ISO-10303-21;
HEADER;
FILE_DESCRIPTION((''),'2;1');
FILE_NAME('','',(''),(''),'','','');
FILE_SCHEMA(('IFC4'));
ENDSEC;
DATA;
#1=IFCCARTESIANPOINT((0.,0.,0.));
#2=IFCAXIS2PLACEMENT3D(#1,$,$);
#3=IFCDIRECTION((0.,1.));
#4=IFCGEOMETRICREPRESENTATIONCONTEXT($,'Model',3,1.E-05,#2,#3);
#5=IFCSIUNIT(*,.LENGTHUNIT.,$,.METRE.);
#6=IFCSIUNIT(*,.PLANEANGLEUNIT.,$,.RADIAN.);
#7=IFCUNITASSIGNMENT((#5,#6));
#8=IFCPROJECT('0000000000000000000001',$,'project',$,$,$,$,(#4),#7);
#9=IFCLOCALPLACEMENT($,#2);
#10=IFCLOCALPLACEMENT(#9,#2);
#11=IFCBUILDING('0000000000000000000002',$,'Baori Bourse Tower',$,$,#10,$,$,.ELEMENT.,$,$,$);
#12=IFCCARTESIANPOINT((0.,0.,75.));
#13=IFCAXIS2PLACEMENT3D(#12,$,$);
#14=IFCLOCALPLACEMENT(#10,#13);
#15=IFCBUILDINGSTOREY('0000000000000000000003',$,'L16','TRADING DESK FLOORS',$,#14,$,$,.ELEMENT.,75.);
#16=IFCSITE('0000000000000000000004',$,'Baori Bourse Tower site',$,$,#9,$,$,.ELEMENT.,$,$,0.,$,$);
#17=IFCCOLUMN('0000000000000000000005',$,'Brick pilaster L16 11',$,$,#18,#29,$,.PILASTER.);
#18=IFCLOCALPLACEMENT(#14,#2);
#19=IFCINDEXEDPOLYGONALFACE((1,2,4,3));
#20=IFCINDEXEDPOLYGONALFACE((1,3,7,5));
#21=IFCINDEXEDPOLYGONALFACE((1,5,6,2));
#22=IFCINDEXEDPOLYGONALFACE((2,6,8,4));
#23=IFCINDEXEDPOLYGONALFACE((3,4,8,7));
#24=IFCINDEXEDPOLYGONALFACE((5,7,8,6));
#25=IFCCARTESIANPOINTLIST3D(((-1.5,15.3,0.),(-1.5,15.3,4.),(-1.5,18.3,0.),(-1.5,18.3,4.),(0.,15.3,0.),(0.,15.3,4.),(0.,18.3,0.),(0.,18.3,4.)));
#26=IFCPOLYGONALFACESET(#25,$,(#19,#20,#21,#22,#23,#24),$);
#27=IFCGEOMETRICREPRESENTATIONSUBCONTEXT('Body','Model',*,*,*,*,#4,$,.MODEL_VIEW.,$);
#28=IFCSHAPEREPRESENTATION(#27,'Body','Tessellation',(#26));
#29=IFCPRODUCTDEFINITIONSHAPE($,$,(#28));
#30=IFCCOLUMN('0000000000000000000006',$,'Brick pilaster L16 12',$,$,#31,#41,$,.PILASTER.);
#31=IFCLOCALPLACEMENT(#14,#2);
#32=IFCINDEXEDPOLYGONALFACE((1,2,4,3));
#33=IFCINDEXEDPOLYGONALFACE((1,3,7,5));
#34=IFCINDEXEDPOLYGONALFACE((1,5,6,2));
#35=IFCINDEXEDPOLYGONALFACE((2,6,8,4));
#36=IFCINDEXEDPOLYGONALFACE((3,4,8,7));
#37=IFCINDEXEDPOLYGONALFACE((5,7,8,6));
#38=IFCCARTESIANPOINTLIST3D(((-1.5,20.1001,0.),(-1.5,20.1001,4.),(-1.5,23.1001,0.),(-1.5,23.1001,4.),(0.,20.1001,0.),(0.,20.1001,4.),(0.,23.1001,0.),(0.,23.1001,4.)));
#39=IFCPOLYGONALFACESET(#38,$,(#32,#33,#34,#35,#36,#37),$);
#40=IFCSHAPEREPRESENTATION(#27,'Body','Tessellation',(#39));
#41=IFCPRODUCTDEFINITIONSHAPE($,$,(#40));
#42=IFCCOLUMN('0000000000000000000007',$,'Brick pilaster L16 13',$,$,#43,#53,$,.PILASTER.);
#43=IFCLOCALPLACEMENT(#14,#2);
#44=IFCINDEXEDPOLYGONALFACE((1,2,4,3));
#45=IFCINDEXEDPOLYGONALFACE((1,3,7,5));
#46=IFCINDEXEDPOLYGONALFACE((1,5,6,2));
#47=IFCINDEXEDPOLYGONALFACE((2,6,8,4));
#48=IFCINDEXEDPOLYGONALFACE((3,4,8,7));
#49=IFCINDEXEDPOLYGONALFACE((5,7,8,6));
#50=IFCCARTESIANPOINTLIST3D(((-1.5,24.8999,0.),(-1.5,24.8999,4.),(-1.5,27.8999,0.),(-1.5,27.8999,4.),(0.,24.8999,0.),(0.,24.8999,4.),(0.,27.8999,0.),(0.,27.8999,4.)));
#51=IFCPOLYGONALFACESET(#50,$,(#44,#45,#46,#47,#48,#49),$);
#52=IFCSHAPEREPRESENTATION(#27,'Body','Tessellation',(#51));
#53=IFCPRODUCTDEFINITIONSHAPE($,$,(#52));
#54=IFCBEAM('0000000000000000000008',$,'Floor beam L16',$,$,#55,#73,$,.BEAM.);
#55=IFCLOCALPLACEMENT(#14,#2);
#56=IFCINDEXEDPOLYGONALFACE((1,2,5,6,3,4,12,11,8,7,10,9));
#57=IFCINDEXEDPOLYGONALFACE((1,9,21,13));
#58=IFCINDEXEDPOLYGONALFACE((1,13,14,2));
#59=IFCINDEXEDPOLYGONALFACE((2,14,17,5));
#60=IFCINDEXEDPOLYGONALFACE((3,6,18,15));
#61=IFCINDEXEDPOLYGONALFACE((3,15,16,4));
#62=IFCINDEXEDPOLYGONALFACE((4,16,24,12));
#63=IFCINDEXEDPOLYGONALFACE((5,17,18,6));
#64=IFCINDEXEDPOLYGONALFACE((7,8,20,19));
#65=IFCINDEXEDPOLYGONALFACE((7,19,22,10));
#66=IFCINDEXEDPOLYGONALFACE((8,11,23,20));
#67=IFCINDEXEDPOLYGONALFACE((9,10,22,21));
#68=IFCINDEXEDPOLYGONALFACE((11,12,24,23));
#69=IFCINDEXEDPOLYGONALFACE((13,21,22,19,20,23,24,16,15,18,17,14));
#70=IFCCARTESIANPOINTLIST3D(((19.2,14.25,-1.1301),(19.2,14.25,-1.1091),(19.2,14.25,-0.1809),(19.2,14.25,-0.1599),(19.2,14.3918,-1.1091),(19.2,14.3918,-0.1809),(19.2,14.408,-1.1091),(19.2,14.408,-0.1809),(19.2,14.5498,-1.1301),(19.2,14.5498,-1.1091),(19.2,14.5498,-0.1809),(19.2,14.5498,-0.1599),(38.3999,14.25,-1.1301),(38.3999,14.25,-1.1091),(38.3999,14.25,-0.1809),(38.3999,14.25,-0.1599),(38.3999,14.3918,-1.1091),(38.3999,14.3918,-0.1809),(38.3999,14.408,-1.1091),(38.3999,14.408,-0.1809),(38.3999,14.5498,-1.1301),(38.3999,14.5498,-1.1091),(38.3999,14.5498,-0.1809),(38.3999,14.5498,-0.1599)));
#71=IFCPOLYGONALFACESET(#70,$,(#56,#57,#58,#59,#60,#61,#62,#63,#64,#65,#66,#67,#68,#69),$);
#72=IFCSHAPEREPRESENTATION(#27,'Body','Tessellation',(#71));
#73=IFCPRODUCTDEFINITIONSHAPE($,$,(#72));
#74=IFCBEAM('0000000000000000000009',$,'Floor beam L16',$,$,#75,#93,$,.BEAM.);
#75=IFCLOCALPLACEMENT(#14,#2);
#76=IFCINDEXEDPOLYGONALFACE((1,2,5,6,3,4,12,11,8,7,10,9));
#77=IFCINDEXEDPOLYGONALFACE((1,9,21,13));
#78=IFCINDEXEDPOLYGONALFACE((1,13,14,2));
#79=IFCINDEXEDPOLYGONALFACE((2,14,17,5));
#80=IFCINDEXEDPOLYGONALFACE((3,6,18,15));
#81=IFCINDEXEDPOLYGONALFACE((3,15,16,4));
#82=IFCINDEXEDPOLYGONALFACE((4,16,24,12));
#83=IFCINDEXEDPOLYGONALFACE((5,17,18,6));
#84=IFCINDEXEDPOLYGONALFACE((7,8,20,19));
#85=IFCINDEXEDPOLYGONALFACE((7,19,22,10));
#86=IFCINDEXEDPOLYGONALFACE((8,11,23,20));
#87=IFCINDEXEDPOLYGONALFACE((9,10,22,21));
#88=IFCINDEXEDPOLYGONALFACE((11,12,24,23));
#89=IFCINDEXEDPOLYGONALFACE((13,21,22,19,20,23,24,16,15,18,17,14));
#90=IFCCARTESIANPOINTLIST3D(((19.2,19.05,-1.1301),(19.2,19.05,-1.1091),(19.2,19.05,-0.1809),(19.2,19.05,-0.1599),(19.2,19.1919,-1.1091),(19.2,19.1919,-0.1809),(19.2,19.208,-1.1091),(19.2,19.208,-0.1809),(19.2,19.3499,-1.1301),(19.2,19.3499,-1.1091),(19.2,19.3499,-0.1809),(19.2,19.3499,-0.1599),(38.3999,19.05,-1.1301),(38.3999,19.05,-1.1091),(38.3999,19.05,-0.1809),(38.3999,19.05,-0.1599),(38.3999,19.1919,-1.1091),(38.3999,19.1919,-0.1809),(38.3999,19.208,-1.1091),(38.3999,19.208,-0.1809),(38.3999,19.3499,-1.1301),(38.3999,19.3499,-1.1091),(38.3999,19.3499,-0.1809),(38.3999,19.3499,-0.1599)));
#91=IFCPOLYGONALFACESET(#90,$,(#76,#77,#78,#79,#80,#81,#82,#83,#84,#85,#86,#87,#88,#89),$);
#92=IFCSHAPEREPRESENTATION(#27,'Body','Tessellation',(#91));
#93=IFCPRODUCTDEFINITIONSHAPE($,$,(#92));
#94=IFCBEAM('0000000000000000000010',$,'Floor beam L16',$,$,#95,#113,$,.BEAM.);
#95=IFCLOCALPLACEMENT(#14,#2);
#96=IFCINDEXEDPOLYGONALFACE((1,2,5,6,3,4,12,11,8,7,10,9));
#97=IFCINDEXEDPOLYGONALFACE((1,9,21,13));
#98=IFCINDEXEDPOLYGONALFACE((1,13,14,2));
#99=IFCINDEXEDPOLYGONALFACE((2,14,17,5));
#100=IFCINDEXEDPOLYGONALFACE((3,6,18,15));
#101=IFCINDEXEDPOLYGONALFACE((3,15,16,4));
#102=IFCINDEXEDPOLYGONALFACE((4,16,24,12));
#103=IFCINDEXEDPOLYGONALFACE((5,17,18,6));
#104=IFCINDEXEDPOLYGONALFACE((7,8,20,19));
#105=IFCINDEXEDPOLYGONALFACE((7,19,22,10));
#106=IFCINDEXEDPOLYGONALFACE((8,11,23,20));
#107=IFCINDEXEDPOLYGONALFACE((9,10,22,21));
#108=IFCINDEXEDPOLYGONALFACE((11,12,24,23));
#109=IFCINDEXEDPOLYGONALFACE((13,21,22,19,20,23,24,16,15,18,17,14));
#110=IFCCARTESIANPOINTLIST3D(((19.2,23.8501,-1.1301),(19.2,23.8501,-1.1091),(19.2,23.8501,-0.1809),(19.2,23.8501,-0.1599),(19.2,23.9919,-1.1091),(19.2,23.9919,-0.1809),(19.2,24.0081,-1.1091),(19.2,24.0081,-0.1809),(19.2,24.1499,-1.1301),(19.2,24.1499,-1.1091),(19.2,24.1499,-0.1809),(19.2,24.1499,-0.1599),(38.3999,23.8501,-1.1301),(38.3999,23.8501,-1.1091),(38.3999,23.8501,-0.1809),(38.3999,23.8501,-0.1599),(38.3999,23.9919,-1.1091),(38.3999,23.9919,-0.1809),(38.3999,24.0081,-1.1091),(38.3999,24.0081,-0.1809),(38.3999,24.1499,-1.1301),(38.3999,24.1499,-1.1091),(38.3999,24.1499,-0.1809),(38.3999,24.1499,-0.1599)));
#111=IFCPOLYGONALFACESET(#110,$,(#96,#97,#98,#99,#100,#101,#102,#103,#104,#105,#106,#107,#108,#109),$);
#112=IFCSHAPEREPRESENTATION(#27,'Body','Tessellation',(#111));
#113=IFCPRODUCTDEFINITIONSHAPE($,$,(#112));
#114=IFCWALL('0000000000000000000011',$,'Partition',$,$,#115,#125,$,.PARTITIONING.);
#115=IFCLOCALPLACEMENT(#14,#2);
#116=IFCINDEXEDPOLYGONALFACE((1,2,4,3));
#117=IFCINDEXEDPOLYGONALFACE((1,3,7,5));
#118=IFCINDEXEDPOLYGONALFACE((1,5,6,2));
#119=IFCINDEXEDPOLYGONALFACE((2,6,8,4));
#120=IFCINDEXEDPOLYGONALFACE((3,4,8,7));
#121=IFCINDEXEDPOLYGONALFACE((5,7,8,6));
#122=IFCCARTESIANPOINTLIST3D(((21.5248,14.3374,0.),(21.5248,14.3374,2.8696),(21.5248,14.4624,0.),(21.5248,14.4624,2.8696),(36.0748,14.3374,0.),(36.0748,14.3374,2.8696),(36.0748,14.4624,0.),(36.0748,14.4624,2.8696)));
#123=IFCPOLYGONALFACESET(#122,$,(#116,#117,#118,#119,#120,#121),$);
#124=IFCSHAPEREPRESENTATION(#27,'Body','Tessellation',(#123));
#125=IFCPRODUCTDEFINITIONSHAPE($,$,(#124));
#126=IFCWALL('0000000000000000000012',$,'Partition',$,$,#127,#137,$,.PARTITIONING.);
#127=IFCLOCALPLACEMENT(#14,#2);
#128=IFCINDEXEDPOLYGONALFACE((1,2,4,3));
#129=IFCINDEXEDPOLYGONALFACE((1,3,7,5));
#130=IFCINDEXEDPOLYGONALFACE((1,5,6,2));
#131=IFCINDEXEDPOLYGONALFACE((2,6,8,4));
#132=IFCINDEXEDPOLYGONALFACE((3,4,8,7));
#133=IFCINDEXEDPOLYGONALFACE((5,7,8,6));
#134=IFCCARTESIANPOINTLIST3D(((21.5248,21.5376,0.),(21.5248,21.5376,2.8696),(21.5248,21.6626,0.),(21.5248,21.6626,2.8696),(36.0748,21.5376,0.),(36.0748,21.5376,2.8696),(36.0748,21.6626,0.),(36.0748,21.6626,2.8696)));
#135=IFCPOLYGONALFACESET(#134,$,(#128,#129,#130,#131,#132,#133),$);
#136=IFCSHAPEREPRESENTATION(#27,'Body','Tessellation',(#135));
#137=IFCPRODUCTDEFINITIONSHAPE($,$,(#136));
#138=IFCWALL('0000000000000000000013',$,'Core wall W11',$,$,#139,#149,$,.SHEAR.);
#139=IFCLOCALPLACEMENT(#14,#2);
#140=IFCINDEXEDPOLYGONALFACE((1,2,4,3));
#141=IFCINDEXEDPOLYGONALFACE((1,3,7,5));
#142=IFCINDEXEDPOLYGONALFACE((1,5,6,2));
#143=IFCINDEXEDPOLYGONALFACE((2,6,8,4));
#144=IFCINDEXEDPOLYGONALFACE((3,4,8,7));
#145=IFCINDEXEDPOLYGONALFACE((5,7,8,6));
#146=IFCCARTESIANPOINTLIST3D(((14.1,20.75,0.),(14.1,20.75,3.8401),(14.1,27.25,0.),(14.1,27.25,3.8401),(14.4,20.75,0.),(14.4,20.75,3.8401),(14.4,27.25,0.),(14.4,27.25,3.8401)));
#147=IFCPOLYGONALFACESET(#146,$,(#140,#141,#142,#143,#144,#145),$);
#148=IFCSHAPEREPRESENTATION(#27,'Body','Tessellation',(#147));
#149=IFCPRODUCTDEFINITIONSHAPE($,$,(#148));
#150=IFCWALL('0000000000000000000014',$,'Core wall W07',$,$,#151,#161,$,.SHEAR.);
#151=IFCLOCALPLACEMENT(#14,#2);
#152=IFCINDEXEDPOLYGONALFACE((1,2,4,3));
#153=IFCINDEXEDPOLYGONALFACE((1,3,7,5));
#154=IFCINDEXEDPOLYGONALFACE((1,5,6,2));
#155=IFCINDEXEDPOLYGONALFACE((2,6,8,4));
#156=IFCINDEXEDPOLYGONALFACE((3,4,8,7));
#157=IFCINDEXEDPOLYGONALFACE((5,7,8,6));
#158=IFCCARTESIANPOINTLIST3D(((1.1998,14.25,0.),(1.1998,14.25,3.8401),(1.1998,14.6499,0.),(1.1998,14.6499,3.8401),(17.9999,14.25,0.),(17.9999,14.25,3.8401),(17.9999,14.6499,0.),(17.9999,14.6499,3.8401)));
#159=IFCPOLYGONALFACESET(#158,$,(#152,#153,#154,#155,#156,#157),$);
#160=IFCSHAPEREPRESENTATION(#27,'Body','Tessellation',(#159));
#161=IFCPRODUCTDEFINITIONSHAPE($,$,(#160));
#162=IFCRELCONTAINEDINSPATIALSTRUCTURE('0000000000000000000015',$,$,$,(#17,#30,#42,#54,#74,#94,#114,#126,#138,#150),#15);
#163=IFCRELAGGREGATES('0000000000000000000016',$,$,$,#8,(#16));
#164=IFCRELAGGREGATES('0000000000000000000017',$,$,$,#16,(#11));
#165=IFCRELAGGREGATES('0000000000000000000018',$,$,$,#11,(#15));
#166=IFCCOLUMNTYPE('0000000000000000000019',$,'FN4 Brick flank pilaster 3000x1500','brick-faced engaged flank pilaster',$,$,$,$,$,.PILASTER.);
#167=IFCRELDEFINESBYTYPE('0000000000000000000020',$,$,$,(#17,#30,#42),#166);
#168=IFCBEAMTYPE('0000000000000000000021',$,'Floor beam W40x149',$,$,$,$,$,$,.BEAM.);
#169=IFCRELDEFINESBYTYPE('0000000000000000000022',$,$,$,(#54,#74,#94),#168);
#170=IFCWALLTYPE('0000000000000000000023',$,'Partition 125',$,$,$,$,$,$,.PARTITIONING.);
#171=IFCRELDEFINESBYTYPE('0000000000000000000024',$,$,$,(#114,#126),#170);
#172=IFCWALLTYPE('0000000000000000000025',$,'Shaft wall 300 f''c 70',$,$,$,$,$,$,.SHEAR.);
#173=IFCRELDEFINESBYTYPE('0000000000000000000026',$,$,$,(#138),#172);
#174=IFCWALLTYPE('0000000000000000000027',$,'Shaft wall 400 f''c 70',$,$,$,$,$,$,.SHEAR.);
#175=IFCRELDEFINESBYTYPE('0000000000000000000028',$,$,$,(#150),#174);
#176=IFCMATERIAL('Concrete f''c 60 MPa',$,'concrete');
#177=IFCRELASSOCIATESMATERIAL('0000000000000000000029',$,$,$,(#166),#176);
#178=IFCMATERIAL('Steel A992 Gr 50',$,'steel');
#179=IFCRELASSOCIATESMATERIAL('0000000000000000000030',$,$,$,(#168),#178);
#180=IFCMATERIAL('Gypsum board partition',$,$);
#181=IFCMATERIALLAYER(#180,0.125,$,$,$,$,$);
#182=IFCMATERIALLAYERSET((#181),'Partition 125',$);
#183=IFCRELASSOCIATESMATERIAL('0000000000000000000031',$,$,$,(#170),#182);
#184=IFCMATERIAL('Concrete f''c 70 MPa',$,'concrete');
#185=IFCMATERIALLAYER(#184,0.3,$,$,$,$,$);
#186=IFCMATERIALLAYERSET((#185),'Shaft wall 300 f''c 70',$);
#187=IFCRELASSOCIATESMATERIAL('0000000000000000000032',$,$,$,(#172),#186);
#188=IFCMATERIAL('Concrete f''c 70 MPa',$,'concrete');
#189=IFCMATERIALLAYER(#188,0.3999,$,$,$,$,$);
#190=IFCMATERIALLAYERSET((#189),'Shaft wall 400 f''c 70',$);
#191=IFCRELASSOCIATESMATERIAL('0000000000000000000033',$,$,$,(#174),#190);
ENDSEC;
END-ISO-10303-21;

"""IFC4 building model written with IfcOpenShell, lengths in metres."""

from ifc_helpers import new_model, si_unit, direction, frame, frame_2d, origin, origin_2d, place, context, subcontext, project, spatial, rectangle, i_section, extrude, material, layer, layer_set, material_profile, profile_set, type_object, element, save


model = new_model("IFC4")

# Units and contexts
model_context = context("Model", 3, precision=1e-05, world=origin(), true_north=direction((0.0, 1.0)))
body_context = subcontext(model_context, "Body", "Model", "MODEL_VIEW")
ifc_project = project(units=[si_unit("LENGTHUNIT", "METRE"), si_unit("PLANEANGLEUNIT", "RADIAN")], contexts=[model_context])

# Site, building, storey
site_placement = place(None, origin())
site = spatial("IfcSite", under=ifc_project, at=site_placement, Name="Baori Bourse Tower site", CompositionType="ELEMENT", RefElevation=0.0)
building_placement = place(site_placement, origin())
building = spatial("IfcBuilding", under=site, at=building_placement, Name="Baori Bourse Tower", CompositionType="ELEMENT")
storey_placement = place(building_placement, frame((0.0, 0.0, 75.0)))
storey = spatial("IfcBuildingStorey", under=building, at=storey_placement, Name="L16", Description="TRADING DESK FLOORS", CompositionType="ELEMENT", Elevation=75.0)

# Columns
ifc_material_1 = material(Name="Concrete f'c 60 MPa", Category="concrete")
ifc_material_profile_1 = material_profile(ifc_material_1, rectangle(XDim=3.0, YDim=1.5, at=origin_2d()), Name="RC 3000x1500")
ifc_profile_set_1 = profile_set([ifc_material_profile_1], Name="Concrete f'c 60 MPa")
column_type = type_object("IfcColumnType", Name="FN4 Brick flank pilaster 3000x1500", Description="brick-faced engaged flank pilaster", PredefinedType="PILASTER", material=ifc_profile_set_1)
for number, where, z_axis, x_axis, name in (
    (1, (-0.75, 16.8, 0.0), (0.0, 0.0, 1.0), (0.0, 1.0, 0.0), "Brick pilaster L16 11"),
    (2, (-0.75, 21.6001, 0.0), (0.0, 0.0, 1.0), (0.0, 1.0, 0.0), "Brick pilaster L16 12"),
    (3, (-0.75, 26.3999, 0.0), (0.0, 0.0, 1.0), (0.0, 1.0, 0.0), "Brick pilaster L16 13"),
):
    element("IfcColumn", number, at=place(storey_placement, frame(where, z_axis=z_axis, x_axis=x_axis)), inside=storey, type_object=column_type, Name=name, PredefinedType="PILASTER", context=body_context, shape_type="SweptSolid", body=[
        extrude(rectangle(XDim=3.0, YDim=1.5, at=origin_2d()), origin(), (0.0, 0.0, 1.0), 4.0),
    ])

# Beams
ifc_material_2 = material(Name="Steel A992 Gr 50", Category="steel")
ifc_material_profile_2 = material_profile(ifc_material_2, i_section(OverallWidth=0.2998, OverallDepth=0.9702, WebThickness=0.0161, FlangeThickness=0.021, at=origin_2d()), Name="W40x149")
ifc_profile_set_2 = profile_set([ifc_material_profile_2], Name="Steel A992 Gr 50")
beam_type = type_object("IfcBeamType", Name="Floor beam W40x149", PredefinedType="BEAM", material=ifc_profile_set_2)
for number, where, z_axis, x_axis, name in (
    (4, (19.2, 14.3999, -0.645), (1.0, 0.0, 0.0), (0.0, 1.0, 0.0), "Floor beam L16"),
    (5, (19.2, 19.2, -0.645), (1.0, 0.0, 0.0), (0.0, 1.0, 0.0), "Floor beam L16"),
    (6, (19.2, 24.0, -0.645), (1.0, 0.0, 0.0), (0.0, 1.0, 0.0), "Floor beam L16"),
):
    element("IfcBeam", number, at=place(storey_placement, frame(where, z_axis=z_axis, x_axis=x_axis)), inside=storey, type_object=beam_type, Name=name, PredefinedType="BEAM", context=body_context, shape_type="SweptSolid", body=[
        extrude(i_section(OverallWidth=0.2998, OverallDepth=0.9702, WebThickness=0.0161, FlangeThickness=0.021, at=origin_2d()), origin(), (0.0, 0.0, 1.0), 19.2),
    ])

# Walls
ifc_material_3 = material(Name="Gypsum board partition")
ifc_layer_1 = layer(ifc_material_3, 0.125)
ifc_layer_set_1 = layer_set([ifc_layer_1], Name="Partition 125")
wall_type_1 = type_object("IfcWallType", Name="Partition 125", PredefinedType="PARTITIONING", material=ifc_layer_set_1)
for number, where, z_axis, x_axis, name in (
    (7, (21.5249, 14.3999, 0.0), (0.0, 0.0, 1.0), (1.0, 0.0, 0.0), "Partition"),
    (8, (21.5249, 21.6001, 0.0), (0.0, 0.0, 1.0), (1.0, 0.0, 0.0), "Partition"),
):
    element("IfcWall", number, at=place(storey_placement, frame(where, z_axis=z_axis, x_axis=x_axis)), inside=storey, type_object=wall_type_1, Name=name, PredefinedType="PARTITIONING", context=body_context, shape_type="SweptSolid", body=[
        extrude(rectangle(XDim=14.55, YDim=0.125, at=frame_2d((7.2749, 0.0))), origin(), (0.0, 0.0, 1.0), 2.8696),
    ])
ifc_material_4 = material(Name="Concrete f'c 70 MPa", Category="concrete")
ifc_layer_2 = layer(ifc_material_4, 0.3)
ifc_layer_set_2 = layer_set([ifc_layer_2], Name="Shaft wall 300 f'c 70")
wall_type_2 = type_object("IfcWallType", Name="Shaft wall 300 f'c 70", PredefinedType="SHEAR", material=ifc_layer_set_2)
wall_1_placement = place(storey_placement, frame((14.25, 20.75, 0.0), z_axis=(0.0, 0.0, 1.0), x_axis=(0.0, 1.0, 0.0)))
element("IfcWall", 9, at=wall_1_placement, inside=storey, type_object=wall_type_2, Name="Core wall W11", PredefinedType="SHEAR", context=body_context, shape_type="SweptSolid", body=[
    extrude(rectangle(XDim=6.5, YDim=0.3, at=frame_2d((3.25, 0.0))), origin(), (0.0, 0.0, 1.0), 3.8401),
])
ifc_material_5 = material(Name="Concrete f'c 70 MPa", Category="concrete")
ifc_layer_3 = layer(ifc_material_5, 0.3999)
ifc_layer_set_3 = layer_set([ifc_layer_3], Name="Shaft wall 400 f'c 70")
wall_type_3 = type_object("IfcWallType", Name="Shaft wall 400 f'c 70", PredefinedType="SHEAR", material=ifc_layer_set_3)
wall_2_placement = place(storey_placement, frame((1.2, 14.45, 0.0), z_axis=(0.0, 0.0, 1.0), x_axis=(1.0, 0.0, 0.0)))
element("IfcWall", 10, at=wall_2_placement, inside=storey, type_object=wall_type_3, Name="Core wall W07", PredefinedType="SHEAR", context=body_context, shape_type="SweptSolid", body=[
    extrude(rectangle(XDim=16.8, YDim=0.3999, at=frame_2d((8.3999, 0.0))), origin(), (0.0, 0.0, 1.0), 3.8401),
])

save(model, "model.ifc")
